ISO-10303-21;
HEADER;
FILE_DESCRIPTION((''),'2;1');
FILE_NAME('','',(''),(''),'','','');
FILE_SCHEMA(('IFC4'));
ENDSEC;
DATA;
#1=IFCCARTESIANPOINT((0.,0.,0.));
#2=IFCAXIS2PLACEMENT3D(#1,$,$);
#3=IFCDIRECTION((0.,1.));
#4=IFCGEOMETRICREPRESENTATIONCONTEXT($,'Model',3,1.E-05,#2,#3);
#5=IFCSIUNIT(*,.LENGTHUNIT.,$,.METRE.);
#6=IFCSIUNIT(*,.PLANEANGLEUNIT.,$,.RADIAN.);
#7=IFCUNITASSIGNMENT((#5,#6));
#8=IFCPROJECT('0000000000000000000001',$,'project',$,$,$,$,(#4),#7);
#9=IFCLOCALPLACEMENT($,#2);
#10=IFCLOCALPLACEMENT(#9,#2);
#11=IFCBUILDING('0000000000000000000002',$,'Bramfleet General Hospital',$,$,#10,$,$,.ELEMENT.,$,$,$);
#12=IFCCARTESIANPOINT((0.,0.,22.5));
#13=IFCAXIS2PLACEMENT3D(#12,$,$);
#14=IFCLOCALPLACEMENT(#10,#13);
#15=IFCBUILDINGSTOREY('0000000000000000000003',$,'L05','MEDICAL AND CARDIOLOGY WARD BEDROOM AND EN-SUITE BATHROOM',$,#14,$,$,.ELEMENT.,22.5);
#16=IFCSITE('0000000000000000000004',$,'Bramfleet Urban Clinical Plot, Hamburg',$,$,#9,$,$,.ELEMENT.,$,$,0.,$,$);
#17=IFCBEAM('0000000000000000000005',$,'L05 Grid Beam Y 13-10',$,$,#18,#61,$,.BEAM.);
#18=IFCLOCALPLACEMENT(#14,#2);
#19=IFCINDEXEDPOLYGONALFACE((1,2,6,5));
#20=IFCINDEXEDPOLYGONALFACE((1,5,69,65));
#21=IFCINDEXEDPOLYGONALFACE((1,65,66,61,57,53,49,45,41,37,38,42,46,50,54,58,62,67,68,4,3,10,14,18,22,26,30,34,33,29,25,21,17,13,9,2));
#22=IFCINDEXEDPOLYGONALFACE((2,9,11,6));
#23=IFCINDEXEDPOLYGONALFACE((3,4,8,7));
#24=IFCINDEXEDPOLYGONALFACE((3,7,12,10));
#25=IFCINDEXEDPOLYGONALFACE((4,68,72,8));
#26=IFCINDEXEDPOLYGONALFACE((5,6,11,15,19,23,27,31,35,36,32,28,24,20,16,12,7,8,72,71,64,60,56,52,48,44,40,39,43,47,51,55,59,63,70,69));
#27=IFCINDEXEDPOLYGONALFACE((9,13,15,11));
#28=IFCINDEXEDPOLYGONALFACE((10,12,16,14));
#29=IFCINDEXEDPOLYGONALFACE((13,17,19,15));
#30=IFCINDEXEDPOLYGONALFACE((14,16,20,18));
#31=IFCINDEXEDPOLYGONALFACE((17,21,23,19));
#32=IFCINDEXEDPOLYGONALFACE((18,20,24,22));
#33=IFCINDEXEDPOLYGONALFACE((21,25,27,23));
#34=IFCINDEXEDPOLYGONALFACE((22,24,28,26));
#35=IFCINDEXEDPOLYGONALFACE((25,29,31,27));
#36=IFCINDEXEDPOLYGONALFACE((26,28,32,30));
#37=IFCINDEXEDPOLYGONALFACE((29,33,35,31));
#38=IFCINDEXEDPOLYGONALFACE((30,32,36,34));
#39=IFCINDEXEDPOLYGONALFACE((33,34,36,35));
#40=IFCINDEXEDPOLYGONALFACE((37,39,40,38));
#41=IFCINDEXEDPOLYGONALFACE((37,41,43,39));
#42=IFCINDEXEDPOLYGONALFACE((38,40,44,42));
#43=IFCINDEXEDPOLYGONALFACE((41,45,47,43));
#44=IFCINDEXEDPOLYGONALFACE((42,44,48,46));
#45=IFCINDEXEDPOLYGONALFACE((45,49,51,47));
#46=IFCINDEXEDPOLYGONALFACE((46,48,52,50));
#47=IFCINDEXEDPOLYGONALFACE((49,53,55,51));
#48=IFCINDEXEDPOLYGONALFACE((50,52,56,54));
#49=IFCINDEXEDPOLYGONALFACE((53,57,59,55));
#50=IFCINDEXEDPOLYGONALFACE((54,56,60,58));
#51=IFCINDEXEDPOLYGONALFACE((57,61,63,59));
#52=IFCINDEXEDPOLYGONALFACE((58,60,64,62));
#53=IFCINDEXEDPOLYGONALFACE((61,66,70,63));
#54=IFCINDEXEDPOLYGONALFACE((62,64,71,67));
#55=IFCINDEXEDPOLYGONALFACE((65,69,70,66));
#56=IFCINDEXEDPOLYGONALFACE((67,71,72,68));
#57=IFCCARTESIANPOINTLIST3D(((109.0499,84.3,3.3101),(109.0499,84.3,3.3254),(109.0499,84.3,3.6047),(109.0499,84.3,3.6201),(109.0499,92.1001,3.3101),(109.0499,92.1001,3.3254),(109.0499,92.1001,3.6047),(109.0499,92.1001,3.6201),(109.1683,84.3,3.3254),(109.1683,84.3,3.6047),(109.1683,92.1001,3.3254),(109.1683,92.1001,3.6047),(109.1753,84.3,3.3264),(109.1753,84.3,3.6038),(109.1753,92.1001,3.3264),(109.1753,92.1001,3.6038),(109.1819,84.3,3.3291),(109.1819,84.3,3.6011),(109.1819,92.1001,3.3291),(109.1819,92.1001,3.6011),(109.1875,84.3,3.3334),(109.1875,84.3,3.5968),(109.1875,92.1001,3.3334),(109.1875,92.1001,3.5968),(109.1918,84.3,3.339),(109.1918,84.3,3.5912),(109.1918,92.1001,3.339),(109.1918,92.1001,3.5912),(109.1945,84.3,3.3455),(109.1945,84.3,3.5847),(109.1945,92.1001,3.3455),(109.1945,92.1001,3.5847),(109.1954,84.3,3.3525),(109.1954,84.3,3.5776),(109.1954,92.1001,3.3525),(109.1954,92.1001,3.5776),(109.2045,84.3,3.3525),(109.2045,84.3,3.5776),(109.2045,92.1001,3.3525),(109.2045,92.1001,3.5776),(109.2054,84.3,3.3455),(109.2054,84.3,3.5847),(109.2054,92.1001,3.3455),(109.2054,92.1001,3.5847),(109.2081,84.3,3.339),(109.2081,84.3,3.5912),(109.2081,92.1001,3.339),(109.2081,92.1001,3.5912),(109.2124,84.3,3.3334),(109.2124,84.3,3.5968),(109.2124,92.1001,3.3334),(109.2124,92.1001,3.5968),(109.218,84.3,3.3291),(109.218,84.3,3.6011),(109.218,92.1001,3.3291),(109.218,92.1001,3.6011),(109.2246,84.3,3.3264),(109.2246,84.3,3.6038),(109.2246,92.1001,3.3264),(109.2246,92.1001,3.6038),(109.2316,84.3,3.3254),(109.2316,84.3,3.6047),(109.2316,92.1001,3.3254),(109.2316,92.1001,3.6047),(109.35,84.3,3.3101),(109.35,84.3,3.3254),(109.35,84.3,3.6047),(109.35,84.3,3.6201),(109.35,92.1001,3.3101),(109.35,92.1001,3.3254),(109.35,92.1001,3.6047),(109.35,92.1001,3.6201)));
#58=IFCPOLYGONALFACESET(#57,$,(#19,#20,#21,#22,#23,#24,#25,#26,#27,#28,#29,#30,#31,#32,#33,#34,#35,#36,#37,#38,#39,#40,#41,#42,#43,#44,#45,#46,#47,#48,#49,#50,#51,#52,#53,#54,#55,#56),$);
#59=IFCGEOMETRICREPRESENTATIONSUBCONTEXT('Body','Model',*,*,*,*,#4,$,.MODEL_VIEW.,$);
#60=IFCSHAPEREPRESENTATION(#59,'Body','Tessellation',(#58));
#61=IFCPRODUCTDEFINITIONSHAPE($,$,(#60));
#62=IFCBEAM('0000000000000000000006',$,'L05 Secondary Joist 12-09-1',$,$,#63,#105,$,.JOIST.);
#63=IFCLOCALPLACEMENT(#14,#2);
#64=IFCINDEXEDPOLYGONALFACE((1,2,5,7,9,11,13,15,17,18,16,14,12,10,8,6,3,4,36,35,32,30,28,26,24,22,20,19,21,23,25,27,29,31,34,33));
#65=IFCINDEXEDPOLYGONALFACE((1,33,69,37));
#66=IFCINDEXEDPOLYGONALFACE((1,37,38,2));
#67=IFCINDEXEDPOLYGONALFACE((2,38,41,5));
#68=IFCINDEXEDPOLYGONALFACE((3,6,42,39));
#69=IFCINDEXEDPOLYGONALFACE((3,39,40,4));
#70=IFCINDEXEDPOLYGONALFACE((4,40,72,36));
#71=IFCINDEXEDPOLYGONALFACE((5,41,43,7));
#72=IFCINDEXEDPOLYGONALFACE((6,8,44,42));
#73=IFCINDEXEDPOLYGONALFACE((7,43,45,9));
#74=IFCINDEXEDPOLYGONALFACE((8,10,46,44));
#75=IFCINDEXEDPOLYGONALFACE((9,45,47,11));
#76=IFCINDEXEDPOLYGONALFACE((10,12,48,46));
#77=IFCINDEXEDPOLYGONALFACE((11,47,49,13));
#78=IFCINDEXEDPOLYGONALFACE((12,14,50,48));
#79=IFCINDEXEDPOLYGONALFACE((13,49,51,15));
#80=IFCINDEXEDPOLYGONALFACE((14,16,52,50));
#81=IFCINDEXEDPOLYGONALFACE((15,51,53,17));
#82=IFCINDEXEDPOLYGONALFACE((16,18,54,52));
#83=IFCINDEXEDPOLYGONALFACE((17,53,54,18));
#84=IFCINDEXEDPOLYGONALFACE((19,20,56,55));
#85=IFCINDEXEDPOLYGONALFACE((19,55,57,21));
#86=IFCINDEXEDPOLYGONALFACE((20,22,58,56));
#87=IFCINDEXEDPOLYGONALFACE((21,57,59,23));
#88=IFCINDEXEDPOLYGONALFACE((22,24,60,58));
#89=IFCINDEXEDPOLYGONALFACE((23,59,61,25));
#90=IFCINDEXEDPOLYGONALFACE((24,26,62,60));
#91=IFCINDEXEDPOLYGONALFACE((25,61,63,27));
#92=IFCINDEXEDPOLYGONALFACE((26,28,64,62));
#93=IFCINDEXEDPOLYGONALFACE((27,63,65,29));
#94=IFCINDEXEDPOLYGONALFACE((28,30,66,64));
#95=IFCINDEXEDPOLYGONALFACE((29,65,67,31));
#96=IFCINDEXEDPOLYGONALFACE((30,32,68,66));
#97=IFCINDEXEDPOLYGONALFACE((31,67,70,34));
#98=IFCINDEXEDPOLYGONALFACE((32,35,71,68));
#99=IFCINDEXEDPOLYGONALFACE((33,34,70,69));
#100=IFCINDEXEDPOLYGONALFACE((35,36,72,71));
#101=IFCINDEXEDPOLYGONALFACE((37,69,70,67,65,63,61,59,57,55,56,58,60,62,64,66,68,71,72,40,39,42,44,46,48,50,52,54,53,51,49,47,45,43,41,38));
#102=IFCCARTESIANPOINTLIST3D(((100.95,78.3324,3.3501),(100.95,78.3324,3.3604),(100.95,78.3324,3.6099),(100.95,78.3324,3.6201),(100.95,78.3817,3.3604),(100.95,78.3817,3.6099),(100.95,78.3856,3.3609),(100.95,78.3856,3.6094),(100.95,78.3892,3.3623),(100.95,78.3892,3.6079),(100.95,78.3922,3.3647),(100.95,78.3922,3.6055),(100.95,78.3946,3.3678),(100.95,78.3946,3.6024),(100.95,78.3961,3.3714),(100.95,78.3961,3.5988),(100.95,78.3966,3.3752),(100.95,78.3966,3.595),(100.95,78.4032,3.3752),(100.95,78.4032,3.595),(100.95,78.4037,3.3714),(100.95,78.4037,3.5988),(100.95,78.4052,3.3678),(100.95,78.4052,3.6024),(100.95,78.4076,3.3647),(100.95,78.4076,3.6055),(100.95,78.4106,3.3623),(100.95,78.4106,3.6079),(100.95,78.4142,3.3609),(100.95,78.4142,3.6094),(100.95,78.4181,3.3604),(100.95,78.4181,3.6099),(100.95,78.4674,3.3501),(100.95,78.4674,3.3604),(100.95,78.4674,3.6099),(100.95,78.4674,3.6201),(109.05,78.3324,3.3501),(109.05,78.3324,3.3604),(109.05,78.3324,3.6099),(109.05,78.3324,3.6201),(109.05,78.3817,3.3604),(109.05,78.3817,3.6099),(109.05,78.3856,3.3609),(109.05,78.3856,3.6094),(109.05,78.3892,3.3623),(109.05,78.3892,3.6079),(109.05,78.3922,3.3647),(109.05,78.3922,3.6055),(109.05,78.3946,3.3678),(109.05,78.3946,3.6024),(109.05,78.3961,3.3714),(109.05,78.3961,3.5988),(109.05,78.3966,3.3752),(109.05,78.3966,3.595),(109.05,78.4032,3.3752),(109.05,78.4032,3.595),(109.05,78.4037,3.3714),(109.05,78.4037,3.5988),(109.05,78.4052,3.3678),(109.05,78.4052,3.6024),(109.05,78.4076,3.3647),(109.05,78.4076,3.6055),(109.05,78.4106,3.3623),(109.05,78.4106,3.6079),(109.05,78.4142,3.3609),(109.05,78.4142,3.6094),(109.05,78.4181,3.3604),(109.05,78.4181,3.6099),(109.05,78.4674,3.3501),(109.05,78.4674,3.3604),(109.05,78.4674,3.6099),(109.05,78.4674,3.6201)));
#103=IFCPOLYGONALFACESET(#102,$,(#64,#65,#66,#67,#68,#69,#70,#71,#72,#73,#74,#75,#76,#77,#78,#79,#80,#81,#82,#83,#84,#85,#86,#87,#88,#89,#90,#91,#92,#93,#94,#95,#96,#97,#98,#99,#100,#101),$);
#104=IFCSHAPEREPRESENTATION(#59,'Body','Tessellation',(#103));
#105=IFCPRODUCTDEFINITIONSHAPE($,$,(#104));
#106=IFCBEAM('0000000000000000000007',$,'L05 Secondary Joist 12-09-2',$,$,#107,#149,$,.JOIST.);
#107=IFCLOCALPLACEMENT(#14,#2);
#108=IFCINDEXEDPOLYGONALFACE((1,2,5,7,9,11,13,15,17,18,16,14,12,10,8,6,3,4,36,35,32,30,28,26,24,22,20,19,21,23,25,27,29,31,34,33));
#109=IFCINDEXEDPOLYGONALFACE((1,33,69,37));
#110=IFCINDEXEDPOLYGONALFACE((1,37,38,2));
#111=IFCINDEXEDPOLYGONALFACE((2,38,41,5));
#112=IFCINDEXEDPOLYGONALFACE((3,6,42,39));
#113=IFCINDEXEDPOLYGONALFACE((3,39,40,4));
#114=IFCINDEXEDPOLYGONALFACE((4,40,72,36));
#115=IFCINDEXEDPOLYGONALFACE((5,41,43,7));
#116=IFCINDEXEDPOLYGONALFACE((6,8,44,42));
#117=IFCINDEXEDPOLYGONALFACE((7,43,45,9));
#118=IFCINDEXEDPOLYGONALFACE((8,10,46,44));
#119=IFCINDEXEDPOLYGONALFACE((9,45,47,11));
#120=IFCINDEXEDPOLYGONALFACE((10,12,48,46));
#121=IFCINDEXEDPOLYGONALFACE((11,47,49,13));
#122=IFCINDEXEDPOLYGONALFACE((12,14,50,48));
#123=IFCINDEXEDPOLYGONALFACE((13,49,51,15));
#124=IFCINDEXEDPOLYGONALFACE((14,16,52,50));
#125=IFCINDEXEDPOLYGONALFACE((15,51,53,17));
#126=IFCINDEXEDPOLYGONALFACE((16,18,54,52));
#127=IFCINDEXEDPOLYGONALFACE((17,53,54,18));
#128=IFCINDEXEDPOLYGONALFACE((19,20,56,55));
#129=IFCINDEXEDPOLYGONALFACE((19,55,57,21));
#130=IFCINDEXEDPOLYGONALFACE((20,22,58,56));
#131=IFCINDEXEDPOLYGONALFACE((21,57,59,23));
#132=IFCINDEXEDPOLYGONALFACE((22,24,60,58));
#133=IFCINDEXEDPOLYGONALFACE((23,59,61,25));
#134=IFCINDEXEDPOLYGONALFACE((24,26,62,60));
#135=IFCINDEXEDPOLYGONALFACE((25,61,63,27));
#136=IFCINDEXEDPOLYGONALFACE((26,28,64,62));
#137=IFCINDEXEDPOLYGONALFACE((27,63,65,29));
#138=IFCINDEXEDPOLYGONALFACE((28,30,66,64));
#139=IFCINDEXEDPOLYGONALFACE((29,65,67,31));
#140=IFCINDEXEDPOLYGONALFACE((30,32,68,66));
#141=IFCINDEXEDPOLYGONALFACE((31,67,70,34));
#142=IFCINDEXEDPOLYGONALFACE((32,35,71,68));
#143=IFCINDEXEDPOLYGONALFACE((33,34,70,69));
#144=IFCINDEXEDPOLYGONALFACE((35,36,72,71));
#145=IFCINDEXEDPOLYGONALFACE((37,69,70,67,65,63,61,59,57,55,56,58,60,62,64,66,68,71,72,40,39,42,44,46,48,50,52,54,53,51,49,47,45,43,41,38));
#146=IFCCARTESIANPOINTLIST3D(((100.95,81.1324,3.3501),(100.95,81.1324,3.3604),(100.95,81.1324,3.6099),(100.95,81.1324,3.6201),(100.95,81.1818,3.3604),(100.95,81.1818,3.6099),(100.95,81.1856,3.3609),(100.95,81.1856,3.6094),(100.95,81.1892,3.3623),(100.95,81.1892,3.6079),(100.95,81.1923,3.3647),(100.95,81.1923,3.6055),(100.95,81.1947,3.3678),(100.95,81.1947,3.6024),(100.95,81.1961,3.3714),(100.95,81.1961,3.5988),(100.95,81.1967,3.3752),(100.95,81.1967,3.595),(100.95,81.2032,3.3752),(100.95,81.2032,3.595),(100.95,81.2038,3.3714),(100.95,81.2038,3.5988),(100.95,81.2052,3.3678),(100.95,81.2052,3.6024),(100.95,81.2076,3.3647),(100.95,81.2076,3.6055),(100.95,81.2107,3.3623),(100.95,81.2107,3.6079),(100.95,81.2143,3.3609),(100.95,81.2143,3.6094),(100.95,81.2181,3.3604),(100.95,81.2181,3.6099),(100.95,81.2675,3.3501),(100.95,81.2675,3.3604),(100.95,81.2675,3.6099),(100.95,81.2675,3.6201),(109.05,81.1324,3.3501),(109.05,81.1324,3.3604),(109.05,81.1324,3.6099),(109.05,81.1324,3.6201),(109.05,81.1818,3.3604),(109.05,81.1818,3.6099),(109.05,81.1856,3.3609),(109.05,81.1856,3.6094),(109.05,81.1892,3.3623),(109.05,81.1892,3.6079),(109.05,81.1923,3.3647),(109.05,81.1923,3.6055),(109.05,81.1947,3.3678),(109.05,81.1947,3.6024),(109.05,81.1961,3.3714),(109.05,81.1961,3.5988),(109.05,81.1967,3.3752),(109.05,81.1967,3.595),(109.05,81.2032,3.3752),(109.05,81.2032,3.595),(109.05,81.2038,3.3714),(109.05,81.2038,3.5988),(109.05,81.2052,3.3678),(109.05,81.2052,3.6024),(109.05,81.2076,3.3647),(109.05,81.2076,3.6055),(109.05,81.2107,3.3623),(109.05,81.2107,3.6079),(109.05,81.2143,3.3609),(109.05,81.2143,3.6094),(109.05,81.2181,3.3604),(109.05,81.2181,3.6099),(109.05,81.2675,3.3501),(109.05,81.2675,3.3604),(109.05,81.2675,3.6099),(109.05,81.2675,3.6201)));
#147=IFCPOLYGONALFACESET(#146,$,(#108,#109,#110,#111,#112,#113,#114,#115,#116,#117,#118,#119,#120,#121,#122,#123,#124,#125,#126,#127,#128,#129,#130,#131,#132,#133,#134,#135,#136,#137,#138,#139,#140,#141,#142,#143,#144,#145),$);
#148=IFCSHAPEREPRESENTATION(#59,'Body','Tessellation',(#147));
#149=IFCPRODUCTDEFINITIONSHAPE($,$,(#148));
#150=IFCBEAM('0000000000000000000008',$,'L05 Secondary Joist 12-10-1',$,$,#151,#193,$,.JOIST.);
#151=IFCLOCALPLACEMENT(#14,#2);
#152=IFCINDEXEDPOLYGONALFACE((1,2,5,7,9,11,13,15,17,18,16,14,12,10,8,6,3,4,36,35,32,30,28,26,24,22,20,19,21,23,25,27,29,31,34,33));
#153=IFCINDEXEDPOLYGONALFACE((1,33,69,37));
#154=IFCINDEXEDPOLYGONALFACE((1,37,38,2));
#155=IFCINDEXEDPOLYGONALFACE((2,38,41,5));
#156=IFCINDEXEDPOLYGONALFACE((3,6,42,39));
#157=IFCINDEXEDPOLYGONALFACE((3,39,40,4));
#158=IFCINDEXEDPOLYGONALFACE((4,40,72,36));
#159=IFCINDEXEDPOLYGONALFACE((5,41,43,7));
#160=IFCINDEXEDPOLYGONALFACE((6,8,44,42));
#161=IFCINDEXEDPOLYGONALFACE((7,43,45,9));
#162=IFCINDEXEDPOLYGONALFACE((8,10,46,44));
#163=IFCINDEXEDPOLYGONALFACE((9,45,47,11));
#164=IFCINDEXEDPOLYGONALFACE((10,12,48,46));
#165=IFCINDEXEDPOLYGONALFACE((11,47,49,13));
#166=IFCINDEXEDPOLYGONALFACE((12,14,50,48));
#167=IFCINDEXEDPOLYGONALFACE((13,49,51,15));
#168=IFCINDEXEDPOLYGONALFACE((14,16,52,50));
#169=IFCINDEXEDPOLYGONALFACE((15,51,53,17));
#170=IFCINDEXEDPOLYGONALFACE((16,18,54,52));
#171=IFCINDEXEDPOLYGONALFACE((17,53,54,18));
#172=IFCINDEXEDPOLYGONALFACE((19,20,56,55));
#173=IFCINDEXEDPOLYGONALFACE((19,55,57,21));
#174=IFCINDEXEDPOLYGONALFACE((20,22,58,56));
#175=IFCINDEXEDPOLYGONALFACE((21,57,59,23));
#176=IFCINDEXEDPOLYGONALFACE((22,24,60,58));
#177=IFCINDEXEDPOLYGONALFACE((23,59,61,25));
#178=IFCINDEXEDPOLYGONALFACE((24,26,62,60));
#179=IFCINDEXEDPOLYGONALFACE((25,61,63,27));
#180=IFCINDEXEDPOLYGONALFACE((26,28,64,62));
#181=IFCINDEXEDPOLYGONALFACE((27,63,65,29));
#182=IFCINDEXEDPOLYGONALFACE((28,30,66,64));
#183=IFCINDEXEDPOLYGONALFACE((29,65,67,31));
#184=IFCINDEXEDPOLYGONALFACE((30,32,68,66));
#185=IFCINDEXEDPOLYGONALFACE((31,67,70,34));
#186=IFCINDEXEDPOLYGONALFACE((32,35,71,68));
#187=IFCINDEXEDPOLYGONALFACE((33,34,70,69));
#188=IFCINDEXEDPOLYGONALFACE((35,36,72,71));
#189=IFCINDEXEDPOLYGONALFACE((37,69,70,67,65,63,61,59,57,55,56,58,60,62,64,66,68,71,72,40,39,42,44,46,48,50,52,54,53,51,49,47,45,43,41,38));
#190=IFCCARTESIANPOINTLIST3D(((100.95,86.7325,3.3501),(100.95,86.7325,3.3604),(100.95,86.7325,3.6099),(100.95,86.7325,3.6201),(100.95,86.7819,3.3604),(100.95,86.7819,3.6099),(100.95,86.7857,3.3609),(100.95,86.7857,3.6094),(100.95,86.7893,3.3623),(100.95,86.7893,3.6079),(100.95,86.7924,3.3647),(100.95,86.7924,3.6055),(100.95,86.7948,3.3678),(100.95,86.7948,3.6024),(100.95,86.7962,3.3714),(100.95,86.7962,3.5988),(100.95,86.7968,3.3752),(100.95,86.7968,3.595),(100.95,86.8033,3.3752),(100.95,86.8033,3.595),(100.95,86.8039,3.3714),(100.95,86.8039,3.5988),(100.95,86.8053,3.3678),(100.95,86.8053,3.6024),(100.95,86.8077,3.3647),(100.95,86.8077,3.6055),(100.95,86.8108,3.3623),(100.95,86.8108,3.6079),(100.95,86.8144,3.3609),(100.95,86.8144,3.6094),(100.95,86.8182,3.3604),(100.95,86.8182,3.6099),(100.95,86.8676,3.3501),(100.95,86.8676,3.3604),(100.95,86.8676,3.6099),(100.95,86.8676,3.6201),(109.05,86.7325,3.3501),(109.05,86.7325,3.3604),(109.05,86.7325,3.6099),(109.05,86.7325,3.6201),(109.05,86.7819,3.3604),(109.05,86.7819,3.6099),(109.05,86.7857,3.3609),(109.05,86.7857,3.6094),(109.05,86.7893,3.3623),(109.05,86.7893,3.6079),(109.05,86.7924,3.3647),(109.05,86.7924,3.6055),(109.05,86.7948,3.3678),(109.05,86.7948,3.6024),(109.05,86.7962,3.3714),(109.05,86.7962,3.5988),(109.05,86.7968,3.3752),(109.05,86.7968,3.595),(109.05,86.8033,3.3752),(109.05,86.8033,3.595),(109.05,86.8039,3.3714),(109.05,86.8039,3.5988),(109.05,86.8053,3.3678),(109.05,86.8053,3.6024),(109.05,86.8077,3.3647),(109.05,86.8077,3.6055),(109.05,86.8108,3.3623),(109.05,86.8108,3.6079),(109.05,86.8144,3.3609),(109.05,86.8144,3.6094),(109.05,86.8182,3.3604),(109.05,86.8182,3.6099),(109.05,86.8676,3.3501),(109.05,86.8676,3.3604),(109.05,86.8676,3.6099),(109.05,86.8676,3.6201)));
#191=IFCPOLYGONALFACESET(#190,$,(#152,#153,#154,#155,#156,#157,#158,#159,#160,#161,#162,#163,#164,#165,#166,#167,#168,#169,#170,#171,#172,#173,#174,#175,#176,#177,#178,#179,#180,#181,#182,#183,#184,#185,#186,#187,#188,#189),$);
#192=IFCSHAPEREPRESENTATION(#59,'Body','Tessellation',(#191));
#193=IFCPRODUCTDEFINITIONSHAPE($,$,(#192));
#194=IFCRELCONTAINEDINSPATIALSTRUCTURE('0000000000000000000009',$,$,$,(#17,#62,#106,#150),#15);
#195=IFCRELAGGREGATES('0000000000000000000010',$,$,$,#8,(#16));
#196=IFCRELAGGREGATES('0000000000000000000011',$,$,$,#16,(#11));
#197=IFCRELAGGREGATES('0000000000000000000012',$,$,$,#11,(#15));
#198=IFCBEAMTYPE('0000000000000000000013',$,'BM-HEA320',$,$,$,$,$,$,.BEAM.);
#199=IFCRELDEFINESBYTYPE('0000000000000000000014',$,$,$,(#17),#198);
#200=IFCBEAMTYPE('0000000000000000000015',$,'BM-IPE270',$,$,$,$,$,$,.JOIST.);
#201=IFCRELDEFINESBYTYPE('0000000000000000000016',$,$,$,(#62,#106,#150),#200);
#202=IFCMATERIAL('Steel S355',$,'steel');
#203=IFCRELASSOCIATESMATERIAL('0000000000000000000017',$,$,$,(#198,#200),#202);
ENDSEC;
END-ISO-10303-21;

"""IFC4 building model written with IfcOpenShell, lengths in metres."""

from ifc_helpers import new_model, si_unit, direction, frame, origin, origin_2d, place, context, subcontext, project, spatial, i_section, extrude, material, material_profile, profile_set, type_object, element, save


model = new_model("IFC4")

# Units and contexts
model_context = context("Model", 3, precision=1e-05, world=origin(), true_north=direction((0.0, 1.0)))
body_context = subcontext(model_context, "Body", "Model", "MODEL_VIEW")
ifc_project = project(units=[si_unit("LENGTHUNIT", "METRE"), si_unit("PLANEANGLEUNIT", "RADIAN")], contexts=[model_context])

# Site, building, storey
site_placement = place(None, origin())
site = spatial("IfcSite", under=ifc_project, at=site_placement, Name="Bramfleet Urban Clinical Plot, Hamburg", CompositionType="ELEMENT", RefElevation=0.0)
building_placement = place(site_placement, origin())
building = spatial("IfcBuilding", under=site, at=building_placement, Name="Bramfleet General Hospital", CompositionType="ELEMENT")
storey_placement = place(building_placement, frame((0.0, 0.0, 22.5)))
storey = spatial("IfcBuildingStorey", under=building, at=storey_placement, Name="L05", Description="MEDICAL AND CARDIOLOGY WARD BEDROOM AND EN-SUITE BATHROOM", CompositionType="ELEMENT", Elevation=22.5)

# Beams
ifc_material_1 = material(Name="Steel S355", Category="steel")
ifc_material_profile_1 = material_profile(ifc_material_1, i_section(OverallWidth=0.3, OverallDepth=0.3101, WebThickness=0.009, FlangeThickness=0.0154, FilletRadius=0.0271, at=origin_2d()), Name="HEA 320")
ifc_profile_set_1 = profile_set([ifc_material_profile_1], Name="Steel S355")
beam_type_1 = type_object("IfcBeamType", Name="BM-HEA320", PredefinedType="BEAM", material=ifc_profile_set_1)
for number, where, z_axis, x_axis, name in (
    (1, (109.2, 84.3, 3.4651), (0.0, 1.0, 0.0), (-1.0, 0.0, 0.0), "L05 Grid Beam Y 13-10"),
):
    element("IfcBeam", number, at=place(storey_placement, frame(where, z_axis=z_axis, x_axis=x_axis)), inside=storey, type_object=beam_type_1, Name=name, PredefinedType="BEAM", context=body_context, shape_type="SweptSolid", body=[
        extrude(i_section(OverallWidth=0.3, OverallDepth=0.3101, WebThickness=0.009, FlangeThickness=0.0154, FilletRadius=0.0271, at=origin_2d()), origin(), (0.0, 0.0, 1.0), 7.8),
    ])
ifc_material_profile_2 = material_profile(ifc_material_1, i_section(OverallWidth=0.135, OverallDepth=0.27, WebThickness=0.0066, FlangeThickness=0.0103, FilletRadius=0.0149, at=origin_2d()), Name="IPE 270")
ifc_profile_set_2 = profile_set([ifc_material_profile_2], Name="Steel S355")
beam_type_2 = type_object("IfcBeamType", Name="BM-IPE270", PredefinedType="JOIST", material=ifc_profile_set_2)
for number, where, z_axis, x_axis, name in (
    (2, (100.95, 78.3999, 3.4851), (1.0, 0.0, 0.0), (0.0, 1.0, 0.0), "L05 Secondary Joist 12-09-1"),
    (3, (100.95, 81.2, 3.4851), (1.0, 0.0, 0.0), (0.0, 1.0, 0.0), "L05 Secondary Joist 12-09-2"),
    (4, (100.95, 86.8, 3.4851), (1.0, 0.0, 0.0), (0.0, 1.0, 0.0), "L05 Secondary Joist 12-10-1"),
):
    element("IfcBeam", number, at=place(storey_placement, frame(where, z_axis=z_axis, x_axis=x_axis)), inside=storey, type_object=beam_type_2, Name=name, PredefinedType="JOIST", context=body_context, shape_type="SweptSolid", body=[
        extrude(i_section(OverallWidth=0.135, OverallDepth=0.27, WebThickness=0.0066, FlangeThickness=0.0103, FilletRadius=0.0149, at=origin_2d()), origin(), (0.0, 0.0, 1.0), 8.1001),
    ])

save(model, "model.ifc")
